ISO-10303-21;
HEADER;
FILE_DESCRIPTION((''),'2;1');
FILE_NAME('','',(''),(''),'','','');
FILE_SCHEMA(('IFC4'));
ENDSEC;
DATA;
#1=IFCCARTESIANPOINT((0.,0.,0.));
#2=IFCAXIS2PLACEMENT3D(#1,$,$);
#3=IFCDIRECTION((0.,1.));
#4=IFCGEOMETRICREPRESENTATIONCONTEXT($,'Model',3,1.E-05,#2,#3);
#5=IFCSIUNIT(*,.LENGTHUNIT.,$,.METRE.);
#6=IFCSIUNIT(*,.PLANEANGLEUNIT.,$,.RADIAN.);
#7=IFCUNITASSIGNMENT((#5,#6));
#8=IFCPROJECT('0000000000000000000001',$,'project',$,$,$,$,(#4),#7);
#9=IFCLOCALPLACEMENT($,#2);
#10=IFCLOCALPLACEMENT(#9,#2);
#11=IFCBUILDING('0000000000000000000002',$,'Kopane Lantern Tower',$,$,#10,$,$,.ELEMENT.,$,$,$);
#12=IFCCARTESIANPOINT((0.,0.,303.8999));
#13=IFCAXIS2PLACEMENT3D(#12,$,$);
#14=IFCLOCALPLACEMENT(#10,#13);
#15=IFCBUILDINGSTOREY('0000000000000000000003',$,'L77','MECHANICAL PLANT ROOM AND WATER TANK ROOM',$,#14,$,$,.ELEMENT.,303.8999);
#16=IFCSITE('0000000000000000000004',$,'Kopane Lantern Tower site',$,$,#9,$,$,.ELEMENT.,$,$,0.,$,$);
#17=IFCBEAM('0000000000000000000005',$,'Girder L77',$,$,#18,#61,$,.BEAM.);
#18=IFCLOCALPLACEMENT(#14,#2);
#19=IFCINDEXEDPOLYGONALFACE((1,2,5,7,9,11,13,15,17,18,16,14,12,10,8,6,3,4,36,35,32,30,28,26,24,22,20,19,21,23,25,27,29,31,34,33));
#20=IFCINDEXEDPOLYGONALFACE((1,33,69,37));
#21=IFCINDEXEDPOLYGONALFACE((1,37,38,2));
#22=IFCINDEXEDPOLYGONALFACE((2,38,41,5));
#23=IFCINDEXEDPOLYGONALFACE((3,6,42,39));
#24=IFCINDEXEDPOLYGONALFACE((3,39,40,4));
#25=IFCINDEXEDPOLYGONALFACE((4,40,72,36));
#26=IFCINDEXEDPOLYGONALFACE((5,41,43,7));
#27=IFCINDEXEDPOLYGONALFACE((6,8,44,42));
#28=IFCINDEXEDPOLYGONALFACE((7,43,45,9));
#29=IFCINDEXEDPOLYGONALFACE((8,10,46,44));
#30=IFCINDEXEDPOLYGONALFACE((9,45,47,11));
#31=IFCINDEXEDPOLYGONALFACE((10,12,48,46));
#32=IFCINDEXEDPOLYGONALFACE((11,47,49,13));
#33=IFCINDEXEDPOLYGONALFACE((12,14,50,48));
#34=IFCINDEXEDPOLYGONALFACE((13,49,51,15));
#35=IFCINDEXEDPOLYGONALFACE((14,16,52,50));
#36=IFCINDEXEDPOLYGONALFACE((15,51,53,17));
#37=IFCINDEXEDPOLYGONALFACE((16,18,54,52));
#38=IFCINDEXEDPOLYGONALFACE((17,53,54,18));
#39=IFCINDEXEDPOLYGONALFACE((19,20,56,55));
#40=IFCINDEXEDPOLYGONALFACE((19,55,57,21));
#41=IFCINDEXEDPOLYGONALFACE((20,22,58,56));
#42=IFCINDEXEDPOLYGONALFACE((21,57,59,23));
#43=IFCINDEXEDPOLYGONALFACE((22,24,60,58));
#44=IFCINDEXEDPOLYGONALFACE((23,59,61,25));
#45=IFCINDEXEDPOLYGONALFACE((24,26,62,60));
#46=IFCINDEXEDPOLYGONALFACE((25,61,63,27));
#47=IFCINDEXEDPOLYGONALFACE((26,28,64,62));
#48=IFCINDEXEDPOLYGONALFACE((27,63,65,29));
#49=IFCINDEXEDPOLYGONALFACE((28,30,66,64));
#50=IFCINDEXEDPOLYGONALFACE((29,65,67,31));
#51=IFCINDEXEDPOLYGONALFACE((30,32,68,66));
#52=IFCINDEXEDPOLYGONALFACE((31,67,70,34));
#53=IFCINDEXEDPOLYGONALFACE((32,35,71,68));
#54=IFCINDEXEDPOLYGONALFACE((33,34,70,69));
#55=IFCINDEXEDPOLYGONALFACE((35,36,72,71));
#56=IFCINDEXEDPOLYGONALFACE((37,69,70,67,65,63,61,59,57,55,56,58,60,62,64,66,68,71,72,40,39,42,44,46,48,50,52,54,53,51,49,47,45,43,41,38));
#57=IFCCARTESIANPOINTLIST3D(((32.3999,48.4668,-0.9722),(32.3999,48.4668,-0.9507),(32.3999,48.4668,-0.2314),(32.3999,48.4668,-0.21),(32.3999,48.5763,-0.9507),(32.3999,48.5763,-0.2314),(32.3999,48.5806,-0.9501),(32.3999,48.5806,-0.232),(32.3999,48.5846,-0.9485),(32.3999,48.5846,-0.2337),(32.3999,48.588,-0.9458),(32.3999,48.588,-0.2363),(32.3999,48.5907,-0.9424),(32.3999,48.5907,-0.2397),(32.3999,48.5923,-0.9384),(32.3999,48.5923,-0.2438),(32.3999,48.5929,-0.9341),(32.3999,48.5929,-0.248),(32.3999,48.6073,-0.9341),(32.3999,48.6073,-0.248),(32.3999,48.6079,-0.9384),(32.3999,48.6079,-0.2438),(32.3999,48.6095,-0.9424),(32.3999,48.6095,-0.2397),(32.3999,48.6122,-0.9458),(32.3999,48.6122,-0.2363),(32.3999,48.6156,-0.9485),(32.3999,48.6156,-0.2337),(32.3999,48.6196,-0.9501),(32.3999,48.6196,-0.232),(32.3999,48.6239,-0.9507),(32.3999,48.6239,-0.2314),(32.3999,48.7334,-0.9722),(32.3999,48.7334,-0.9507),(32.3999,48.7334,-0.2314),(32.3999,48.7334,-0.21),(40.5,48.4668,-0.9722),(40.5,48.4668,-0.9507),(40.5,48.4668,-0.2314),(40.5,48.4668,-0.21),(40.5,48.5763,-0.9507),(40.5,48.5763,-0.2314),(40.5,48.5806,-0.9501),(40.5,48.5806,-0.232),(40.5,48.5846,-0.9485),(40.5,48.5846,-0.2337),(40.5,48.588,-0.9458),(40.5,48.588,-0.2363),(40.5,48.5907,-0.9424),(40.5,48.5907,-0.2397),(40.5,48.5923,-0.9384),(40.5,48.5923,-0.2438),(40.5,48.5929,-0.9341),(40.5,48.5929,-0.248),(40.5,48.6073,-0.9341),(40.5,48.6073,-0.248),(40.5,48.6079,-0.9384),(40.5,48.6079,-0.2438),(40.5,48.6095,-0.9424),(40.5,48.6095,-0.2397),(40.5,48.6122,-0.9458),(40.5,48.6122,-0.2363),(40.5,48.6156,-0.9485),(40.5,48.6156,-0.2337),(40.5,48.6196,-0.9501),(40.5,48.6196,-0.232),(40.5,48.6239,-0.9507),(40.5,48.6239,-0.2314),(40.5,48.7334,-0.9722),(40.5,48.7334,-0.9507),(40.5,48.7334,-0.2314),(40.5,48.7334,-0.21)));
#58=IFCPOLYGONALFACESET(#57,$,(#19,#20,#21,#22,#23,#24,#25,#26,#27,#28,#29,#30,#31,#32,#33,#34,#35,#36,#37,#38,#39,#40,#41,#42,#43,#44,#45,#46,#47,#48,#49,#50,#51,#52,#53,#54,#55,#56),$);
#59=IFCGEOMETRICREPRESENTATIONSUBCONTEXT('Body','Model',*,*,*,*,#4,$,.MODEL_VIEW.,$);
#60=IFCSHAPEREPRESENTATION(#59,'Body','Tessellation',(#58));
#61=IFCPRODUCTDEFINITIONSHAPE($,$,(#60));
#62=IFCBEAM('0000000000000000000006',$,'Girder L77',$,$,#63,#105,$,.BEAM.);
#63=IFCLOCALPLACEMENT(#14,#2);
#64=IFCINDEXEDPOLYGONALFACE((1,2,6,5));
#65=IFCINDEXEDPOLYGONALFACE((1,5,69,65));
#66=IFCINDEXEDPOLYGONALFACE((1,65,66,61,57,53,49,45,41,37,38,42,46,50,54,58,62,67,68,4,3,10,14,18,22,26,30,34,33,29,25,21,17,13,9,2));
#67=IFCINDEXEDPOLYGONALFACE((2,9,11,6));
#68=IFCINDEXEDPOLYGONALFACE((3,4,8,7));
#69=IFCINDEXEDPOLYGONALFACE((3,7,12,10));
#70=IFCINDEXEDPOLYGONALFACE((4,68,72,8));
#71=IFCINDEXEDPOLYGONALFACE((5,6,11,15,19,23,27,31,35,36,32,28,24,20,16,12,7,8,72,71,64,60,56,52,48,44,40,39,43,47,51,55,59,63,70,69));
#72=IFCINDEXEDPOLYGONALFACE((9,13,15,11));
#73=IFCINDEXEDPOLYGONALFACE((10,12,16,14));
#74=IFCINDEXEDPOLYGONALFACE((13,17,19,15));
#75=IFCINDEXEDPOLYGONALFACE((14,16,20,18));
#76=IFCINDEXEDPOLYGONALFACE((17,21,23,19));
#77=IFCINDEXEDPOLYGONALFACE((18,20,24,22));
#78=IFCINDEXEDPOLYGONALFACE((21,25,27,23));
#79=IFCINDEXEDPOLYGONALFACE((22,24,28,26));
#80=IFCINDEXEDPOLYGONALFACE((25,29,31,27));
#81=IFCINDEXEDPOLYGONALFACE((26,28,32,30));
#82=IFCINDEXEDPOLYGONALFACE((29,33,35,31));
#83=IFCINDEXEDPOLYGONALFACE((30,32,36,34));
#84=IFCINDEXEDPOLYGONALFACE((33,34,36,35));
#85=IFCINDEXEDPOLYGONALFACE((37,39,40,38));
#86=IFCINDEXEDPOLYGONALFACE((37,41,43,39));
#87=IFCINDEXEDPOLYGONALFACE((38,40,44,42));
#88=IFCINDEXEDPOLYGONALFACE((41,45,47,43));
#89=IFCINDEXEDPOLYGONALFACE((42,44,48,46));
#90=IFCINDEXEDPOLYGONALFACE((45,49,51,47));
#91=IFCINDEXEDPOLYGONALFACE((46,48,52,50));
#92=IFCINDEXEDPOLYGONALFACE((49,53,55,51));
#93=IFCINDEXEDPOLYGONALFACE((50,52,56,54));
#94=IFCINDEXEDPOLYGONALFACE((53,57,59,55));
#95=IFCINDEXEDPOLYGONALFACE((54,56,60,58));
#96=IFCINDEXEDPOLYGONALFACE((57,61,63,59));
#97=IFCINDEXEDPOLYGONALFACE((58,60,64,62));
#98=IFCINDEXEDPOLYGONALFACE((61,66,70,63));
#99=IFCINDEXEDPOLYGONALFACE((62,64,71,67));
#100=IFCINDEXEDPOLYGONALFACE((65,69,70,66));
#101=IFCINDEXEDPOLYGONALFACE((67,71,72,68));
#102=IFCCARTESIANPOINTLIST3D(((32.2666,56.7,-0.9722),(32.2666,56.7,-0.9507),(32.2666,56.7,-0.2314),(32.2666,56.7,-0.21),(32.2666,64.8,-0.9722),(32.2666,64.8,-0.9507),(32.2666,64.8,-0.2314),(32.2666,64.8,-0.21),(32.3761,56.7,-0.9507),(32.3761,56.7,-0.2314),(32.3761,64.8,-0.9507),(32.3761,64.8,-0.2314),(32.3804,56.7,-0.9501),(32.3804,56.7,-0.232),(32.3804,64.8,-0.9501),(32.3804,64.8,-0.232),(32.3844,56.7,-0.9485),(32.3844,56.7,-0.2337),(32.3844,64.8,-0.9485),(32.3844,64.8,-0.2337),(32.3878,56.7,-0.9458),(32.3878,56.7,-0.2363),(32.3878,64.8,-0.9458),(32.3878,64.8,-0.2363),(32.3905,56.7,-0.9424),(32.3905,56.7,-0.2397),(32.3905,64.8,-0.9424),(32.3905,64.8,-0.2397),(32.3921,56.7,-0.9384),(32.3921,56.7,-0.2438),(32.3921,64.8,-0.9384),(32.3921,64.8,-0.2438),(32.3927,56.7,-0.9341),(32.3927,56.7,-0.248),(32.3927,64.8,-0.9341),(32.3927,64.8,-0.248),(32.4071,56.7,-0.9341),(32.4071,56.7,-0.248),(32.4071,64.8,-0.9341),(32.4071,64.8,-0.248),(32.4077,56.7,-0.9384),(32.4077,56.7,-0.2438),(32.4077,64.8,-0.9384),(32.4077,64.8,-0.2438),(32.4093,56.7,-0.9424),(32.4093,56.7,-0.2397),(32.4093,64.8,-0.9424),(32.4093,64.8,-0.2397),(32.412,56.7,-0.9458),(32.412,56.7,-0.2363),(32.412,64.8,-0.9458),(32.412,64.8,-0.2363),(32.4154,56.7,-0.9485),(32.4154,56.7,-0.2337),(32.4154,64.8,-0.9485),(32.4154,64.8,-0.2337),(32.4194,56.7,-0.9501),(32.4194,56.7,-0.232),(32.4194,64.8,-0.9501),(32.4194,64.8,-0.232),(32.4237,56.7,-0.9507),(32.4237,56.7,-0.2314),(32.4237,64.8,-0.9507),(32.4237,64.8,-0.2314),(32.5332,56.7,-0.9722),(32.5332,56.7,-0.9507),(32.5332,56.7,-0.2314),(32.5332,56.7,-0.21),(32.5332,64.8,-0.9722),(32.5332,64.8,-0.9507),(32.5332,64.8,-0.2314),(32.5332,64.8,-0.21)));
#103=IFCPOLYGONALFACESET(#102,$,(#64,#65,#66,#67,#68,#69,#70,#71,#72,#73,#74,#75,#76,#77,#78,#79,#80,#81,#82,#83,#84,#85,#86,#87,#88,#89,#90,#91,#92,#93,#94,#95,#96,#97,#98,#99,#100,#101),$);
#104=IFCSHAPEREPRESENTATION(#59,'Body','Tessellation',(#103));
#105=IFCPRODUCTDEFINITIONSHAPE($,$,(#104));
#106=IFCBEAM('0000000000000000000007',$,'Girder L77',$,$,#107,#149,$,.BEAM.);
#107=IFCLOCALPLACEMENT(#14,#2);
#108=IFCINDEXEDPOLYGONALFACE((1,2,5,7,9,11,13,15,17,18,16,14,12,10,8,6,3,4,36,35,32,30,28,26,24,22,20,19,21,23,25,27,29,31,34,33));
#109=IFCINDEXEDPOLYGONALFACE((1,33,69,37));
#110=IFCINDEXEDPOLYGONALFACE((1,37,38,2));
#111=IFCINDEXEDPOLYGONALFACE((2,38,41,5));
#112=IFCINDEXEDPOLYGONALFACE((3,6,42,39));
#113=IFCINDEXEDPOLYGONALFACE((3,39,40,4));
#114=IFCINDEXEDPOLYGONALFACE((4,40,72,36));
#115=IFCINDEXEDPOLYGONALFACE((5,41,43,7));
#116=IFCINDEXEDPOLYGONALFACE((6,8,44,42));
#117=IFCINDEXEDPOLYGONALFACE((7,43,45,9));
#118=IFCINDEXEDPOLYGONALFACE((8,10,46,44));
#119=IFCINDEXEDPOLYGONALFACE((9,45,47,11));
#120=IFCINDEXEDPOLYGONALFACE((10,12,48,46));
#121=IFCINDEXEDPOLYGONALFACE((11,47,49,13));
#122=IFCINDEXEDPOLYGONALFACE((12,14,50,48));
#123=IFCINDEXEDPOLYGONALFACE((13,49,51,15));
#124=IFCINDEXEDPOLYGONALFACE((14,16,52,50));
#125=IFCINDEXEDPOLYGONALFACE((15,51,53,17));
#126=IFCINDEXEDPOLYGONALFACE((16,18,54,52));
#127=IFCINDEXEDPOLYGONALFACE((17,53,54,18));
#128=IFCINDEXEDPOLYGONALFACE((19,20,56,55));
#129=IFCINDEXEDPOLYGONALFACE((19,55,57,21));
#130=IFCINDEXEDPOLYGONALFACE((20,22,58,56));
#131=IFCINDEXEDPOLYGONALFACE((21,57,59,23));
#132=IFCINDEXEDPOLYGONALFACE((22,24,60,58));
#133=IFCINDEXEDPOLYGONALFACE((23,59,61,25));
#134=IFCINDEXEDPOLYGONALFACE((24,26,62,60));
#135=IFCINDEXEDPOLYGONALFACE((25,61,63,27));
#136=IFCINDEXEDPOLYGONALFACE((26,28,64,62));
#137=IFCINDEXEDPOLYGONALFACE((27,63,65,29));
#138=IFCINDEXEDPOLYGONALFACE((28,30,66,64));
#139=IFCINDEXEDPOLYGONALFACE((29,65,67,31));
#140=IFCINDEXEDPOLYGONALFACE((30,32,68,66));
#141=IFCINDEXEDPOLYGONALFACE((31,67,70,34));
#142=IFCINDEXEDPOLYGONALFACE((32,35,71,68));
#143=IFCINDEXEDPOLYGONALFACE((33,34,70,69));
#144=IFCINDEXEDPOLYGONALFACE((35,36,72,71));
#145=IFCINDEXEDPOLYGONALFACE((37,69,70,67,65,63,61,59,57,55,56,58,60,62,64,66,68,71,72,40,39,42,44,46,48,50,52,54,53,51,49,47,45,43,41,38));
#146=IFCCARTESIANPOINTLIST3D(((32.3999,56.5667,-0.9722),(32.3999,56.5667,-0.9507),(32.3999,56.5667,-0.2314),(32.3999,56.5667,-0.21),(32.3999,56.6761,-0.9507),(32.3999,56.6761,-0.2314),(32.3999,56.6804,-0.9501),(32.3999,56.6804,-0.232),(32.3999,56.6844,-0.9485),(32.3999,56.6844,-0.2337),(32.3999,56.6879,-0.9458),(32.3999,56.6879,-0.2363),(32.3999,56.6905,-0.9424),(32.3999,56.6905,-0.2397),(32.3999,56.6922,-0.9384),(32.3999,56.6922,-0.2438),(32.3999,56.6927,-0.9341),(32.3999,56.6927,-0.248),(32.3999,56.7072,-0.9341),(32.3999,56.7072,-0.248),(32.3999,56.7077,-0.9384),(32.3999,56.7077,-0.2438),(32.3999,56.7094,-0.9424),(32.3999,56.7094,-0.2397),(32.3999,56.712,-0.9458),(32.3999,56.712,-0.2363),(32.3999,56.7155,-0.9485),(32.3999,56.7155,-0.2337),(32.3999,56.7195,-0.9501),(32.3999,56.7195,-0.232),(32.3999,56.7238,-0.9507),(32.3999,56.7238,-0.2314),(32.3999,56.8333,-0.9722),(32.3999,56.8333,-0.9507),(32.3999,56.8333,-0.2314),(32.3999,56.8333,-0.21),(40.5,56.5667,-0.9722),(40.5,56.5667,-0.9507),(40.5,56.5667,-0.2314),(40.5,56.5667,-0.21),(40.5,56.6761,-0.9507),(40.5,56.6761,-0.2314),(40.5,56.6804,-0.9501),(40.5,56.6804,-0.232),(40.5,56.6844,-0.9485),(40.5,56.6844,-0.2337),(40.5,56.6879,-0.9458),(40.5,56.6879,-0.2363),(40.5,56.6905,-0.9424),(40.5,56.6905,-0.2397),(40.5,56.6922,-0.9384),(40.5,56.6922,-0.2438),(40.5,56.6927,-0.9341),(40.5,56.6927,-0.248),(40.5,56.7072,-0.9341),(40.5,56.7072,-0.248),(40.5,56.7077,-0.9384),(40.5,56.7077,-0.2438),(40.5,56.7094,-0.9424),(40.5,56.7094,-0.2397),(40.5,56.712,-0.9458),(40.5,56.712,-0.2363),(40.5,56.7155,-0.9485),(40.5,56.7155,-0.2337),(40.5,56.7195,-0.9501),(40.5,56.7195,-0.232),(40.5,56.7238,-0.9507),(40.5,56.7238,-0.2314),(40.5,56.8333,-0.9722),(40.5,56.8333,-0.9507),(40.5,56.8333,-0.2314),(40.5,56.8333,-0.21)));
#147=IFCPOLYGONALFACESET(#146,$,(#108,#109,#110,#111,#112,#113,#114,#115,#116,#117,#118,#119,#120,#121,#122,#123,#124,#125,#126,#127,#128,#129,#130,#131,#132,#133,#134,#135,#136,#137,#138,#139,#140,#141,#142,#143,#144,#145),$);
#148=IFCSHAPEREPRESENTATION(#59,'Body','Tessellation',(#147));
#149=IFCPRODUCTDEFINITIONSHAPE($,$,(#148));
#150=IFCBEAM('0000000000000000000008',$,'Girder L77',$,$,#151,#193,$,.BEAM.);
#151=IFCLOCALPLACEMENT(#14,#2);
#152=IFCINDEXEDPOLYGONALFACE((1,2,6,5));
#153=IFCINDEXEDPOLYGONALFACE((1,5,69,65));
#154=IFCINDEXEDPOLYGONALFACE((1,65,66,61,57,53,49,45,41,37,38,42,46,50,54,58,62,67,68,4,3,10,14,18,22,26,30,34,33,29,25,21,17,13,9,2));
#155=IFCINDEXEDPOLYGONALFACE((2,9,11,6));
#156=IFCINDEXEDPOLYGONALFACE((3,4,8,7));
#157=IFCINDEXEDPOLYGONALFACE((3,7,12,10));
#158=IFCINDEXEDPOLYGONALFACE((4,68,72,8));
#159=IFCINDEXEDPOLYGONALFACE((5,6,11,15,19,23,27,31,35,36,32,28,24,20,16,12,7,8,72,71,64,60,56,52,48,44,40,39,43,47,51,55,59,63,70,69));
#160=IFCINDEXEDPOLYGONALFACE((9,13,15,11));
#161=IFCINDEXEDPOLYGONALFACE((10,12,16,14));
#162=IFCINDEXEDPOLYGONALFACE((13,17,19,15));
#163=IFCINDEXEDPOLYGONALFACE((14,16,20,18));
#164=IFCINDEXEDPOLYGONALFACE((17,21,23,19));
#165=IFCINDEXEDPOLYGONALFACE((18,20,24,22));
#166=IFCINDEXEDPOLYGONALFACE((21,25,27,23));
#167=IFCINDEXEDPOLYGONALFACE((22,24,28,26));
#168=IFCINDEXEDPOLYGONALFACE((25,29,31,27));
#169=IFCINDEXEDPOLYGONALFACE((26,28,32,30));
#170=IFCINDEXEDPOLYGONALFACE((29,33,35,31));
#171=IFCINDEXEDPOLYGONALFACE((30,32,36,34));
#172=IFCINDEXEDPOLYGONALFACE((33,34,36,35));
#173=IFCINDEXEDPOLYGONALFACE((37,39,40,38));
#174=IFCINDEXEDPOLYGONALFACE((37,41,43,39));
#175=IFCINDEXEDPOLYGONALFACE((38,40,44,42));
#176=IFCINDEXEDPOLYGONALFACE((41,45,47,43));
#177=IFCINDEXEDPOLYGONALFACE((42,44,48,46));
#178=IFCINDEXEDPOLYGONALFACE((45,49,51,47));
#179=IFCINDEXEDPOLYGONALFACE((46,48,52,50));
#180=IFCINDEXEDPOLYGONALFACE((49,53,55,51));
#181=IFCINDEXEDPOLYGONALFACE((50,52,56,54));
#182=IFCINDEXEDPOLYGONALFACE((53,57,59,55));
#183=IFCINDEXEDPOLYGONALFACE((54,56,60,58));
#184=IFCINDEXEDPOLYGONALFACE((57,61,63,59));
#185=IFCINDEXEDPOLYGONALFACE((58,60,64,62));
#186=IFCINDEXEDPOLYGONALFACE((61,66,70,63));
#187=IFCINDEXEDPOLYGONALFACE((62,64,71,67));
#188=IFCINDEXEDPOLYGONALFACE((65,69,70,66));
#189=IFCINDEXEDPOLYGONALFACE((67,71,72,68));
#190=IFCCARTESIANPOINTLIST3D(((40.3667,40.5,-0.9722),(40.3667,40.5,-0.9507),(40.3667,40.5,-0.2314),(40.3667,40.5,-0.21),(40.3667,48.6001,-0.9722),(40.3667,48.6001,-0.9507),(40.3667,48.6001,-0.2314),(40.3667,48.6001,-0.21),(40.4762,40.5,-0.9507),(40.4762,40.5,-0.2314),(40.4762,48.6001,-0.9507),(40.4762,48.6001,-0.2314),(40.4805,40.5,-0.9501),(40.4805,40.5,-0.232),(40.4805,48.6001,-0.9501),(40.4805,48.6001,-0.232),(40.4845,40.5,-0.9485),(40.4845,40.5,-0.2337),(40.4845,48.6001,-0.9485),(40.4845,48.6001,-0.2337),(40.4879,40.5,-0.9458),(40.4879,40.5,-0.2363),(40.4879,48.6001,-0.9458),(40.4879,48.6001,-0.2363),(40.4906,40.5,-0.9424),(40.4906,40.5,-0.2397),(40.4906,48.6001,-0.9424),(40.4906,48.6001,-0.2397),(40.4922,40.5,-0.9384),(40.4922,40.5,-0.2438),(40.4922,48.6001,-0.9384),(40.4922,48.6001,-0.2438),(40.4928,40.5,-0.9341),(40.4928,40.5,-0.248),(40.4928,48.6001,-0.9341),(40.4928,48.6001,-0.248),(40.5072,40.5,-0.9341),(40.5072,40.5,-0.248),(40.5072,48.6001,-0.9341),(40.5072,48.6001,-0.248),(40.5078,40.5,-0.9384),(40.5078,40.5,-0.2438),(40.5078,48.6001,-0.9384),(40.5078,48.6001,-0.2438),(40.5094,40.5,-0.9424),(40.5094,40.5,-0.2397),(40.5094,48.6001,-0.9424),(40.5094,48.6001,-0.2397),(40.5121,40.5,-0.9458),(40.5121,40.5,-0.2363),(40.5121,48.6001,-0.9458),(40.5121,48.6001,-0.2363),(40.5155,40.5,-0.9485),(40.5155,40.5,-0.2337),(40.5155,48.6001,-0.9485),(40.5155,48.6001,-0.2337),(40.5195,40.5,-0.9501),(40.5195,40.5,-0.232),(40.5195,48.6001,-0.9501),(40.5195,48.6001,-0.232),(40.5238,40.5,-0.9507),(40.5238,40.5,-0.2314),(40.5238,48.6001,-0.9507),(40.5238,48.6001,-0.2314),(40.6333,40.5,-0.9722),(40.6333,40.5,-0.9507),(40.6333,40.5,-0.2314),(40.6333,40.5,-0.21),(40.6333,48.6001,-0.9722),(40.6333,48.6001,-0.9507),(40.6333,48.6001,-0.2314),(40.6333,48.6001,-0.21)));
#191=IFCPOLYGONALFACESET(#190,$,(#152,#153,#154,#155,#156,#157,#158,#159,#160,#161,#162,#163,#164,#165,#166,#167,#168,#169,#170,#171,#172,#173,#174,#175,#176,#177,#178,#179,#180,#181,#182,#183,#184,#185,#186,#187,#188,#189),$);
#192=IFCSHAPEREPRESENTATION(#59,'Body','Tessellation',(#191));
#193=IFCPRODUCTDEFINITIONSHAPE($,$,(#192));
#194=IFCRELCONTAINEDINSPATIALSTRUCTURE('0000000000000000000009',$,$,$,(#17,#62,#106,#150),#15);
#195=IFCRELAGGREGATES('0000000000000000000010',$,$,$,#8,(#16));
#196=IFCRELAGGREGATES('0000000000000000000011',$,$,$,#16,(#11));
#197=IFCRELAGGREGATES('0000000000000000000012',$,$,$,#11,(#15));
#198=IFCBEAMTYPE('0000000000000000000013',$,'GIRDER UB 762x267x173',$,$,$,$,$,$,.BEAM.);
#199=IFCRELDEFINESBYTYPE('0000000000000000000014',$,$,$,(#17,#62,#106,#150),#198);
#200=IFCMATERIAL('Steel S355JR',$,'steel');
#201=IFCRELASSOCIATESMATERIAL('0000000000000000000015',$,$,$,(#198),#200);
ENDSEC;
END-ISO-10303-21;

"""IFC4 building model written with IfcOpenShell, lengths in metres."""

from ifc_helpers import new_model, si_unit, direction, frame, origin, origin_2d, place, context, subcontext, project, spatial, i_section, extrude, material, material_profile, profile_set, type_object, element, save


model = new_model("IFC4")

# Units and contexts
model_context = context("Model", 3, precision=1e-05, world=origin(), true_north=direction((0.0, 1.0)))
body_context = subcontext(model_context, "Body", "Model", "MODEL_VIEW")
ifc_project = project(units=[si_unit("LENGTHUNIT", "METRE"), si_unit("PLANEANGLEUNIT", "RADIAN")], contexts=[model_context])

# Site, building, storey
site_placement = place(None, origin())
site = spatial("IfcSite", under=ifc_project, at=site_placement, Name="Kopane Lantern Tower site", CompositionType="ELEMENT", RefElevation=0.0)
building_placement = place(site_placement, origin())
building = spatial("IfcBuilding", under=site, at=building_placement, Name="Kopane Lantern Tower", CompositionType="ELEMENT")
storey_placement = place(building_placement, frame((0.0, 0.0, 303.8999)))
storey = spatial("IfcBuildingStorey", under=building, at=storey_placement, Name="L77", Description="MECHANICAL PLANT ROOM AND WATER TANK ROOM", CompositionType="ELEMENT", Elevation=303.8999)

# Beams
ifc_material_1 = material(Name="Steel S355JR", Category="steel")
ifc_material_profile_1 = material_profile(ifc_material_1, i_section(OverallWidth=0.2666, OverallDepth=0.7622, WebThickness=0.0144, FlangeThickness=0.0215, FilletRadius=0.0166, at=origin_2d()), Name="UB 762x267x173")
ifc_profile_set_1 = profile_set([ifc_material_profile_1], Name="Steel S355JR")
beam_type = type_object("IfcBeamType", Name="GIRDER UB 762x267x173", PredefinedType="BEAM", material=ifc_profile_set_1)
for number, where, z_axis, x_axis, name in (
    (1, (32.3999, 48.6001, -0.5911), (1.0, 0.0, 0.0), (0.0, 1.0, 0.0), "Girder L77"),
    (2, (32.3999, 56.7, -0.5911), (0.0, 1.0, 0.0), (-1.0, 0.0, 0.0), "Girder L77"),
    (3, (32.3999, 56.7, -0.5911), (1.0, 0.0, 0.0), (0.0, 1.0, 0.0), "Girder L77"),
    (4, (40.5, 40.5, -0.5911), (0.0, 1.0, 0.0), (-1.0, 0.0, 0.0), "Girder L77"),
):
    element("IfcBeam", number, at=place(storey_placement, frame(where, z_axis=z_axis, x_axis=x_axis)), inside=storey, type_object=beam_type, Name=name, PredefinedType="BEAM", context=body_context, shape_type="SweptSolid", body=[
        extrude(i_section(OverallWidth=0.2666, OverallDepth=0.7622, WebThickness=0.0144, FlangeThickness=0.0215, FilletRadius=0.0166, at=origin_2d()), origin(), (0.0, 0.0, 1.0), 8.1001),
    ])

save(model, "model.ifc")
